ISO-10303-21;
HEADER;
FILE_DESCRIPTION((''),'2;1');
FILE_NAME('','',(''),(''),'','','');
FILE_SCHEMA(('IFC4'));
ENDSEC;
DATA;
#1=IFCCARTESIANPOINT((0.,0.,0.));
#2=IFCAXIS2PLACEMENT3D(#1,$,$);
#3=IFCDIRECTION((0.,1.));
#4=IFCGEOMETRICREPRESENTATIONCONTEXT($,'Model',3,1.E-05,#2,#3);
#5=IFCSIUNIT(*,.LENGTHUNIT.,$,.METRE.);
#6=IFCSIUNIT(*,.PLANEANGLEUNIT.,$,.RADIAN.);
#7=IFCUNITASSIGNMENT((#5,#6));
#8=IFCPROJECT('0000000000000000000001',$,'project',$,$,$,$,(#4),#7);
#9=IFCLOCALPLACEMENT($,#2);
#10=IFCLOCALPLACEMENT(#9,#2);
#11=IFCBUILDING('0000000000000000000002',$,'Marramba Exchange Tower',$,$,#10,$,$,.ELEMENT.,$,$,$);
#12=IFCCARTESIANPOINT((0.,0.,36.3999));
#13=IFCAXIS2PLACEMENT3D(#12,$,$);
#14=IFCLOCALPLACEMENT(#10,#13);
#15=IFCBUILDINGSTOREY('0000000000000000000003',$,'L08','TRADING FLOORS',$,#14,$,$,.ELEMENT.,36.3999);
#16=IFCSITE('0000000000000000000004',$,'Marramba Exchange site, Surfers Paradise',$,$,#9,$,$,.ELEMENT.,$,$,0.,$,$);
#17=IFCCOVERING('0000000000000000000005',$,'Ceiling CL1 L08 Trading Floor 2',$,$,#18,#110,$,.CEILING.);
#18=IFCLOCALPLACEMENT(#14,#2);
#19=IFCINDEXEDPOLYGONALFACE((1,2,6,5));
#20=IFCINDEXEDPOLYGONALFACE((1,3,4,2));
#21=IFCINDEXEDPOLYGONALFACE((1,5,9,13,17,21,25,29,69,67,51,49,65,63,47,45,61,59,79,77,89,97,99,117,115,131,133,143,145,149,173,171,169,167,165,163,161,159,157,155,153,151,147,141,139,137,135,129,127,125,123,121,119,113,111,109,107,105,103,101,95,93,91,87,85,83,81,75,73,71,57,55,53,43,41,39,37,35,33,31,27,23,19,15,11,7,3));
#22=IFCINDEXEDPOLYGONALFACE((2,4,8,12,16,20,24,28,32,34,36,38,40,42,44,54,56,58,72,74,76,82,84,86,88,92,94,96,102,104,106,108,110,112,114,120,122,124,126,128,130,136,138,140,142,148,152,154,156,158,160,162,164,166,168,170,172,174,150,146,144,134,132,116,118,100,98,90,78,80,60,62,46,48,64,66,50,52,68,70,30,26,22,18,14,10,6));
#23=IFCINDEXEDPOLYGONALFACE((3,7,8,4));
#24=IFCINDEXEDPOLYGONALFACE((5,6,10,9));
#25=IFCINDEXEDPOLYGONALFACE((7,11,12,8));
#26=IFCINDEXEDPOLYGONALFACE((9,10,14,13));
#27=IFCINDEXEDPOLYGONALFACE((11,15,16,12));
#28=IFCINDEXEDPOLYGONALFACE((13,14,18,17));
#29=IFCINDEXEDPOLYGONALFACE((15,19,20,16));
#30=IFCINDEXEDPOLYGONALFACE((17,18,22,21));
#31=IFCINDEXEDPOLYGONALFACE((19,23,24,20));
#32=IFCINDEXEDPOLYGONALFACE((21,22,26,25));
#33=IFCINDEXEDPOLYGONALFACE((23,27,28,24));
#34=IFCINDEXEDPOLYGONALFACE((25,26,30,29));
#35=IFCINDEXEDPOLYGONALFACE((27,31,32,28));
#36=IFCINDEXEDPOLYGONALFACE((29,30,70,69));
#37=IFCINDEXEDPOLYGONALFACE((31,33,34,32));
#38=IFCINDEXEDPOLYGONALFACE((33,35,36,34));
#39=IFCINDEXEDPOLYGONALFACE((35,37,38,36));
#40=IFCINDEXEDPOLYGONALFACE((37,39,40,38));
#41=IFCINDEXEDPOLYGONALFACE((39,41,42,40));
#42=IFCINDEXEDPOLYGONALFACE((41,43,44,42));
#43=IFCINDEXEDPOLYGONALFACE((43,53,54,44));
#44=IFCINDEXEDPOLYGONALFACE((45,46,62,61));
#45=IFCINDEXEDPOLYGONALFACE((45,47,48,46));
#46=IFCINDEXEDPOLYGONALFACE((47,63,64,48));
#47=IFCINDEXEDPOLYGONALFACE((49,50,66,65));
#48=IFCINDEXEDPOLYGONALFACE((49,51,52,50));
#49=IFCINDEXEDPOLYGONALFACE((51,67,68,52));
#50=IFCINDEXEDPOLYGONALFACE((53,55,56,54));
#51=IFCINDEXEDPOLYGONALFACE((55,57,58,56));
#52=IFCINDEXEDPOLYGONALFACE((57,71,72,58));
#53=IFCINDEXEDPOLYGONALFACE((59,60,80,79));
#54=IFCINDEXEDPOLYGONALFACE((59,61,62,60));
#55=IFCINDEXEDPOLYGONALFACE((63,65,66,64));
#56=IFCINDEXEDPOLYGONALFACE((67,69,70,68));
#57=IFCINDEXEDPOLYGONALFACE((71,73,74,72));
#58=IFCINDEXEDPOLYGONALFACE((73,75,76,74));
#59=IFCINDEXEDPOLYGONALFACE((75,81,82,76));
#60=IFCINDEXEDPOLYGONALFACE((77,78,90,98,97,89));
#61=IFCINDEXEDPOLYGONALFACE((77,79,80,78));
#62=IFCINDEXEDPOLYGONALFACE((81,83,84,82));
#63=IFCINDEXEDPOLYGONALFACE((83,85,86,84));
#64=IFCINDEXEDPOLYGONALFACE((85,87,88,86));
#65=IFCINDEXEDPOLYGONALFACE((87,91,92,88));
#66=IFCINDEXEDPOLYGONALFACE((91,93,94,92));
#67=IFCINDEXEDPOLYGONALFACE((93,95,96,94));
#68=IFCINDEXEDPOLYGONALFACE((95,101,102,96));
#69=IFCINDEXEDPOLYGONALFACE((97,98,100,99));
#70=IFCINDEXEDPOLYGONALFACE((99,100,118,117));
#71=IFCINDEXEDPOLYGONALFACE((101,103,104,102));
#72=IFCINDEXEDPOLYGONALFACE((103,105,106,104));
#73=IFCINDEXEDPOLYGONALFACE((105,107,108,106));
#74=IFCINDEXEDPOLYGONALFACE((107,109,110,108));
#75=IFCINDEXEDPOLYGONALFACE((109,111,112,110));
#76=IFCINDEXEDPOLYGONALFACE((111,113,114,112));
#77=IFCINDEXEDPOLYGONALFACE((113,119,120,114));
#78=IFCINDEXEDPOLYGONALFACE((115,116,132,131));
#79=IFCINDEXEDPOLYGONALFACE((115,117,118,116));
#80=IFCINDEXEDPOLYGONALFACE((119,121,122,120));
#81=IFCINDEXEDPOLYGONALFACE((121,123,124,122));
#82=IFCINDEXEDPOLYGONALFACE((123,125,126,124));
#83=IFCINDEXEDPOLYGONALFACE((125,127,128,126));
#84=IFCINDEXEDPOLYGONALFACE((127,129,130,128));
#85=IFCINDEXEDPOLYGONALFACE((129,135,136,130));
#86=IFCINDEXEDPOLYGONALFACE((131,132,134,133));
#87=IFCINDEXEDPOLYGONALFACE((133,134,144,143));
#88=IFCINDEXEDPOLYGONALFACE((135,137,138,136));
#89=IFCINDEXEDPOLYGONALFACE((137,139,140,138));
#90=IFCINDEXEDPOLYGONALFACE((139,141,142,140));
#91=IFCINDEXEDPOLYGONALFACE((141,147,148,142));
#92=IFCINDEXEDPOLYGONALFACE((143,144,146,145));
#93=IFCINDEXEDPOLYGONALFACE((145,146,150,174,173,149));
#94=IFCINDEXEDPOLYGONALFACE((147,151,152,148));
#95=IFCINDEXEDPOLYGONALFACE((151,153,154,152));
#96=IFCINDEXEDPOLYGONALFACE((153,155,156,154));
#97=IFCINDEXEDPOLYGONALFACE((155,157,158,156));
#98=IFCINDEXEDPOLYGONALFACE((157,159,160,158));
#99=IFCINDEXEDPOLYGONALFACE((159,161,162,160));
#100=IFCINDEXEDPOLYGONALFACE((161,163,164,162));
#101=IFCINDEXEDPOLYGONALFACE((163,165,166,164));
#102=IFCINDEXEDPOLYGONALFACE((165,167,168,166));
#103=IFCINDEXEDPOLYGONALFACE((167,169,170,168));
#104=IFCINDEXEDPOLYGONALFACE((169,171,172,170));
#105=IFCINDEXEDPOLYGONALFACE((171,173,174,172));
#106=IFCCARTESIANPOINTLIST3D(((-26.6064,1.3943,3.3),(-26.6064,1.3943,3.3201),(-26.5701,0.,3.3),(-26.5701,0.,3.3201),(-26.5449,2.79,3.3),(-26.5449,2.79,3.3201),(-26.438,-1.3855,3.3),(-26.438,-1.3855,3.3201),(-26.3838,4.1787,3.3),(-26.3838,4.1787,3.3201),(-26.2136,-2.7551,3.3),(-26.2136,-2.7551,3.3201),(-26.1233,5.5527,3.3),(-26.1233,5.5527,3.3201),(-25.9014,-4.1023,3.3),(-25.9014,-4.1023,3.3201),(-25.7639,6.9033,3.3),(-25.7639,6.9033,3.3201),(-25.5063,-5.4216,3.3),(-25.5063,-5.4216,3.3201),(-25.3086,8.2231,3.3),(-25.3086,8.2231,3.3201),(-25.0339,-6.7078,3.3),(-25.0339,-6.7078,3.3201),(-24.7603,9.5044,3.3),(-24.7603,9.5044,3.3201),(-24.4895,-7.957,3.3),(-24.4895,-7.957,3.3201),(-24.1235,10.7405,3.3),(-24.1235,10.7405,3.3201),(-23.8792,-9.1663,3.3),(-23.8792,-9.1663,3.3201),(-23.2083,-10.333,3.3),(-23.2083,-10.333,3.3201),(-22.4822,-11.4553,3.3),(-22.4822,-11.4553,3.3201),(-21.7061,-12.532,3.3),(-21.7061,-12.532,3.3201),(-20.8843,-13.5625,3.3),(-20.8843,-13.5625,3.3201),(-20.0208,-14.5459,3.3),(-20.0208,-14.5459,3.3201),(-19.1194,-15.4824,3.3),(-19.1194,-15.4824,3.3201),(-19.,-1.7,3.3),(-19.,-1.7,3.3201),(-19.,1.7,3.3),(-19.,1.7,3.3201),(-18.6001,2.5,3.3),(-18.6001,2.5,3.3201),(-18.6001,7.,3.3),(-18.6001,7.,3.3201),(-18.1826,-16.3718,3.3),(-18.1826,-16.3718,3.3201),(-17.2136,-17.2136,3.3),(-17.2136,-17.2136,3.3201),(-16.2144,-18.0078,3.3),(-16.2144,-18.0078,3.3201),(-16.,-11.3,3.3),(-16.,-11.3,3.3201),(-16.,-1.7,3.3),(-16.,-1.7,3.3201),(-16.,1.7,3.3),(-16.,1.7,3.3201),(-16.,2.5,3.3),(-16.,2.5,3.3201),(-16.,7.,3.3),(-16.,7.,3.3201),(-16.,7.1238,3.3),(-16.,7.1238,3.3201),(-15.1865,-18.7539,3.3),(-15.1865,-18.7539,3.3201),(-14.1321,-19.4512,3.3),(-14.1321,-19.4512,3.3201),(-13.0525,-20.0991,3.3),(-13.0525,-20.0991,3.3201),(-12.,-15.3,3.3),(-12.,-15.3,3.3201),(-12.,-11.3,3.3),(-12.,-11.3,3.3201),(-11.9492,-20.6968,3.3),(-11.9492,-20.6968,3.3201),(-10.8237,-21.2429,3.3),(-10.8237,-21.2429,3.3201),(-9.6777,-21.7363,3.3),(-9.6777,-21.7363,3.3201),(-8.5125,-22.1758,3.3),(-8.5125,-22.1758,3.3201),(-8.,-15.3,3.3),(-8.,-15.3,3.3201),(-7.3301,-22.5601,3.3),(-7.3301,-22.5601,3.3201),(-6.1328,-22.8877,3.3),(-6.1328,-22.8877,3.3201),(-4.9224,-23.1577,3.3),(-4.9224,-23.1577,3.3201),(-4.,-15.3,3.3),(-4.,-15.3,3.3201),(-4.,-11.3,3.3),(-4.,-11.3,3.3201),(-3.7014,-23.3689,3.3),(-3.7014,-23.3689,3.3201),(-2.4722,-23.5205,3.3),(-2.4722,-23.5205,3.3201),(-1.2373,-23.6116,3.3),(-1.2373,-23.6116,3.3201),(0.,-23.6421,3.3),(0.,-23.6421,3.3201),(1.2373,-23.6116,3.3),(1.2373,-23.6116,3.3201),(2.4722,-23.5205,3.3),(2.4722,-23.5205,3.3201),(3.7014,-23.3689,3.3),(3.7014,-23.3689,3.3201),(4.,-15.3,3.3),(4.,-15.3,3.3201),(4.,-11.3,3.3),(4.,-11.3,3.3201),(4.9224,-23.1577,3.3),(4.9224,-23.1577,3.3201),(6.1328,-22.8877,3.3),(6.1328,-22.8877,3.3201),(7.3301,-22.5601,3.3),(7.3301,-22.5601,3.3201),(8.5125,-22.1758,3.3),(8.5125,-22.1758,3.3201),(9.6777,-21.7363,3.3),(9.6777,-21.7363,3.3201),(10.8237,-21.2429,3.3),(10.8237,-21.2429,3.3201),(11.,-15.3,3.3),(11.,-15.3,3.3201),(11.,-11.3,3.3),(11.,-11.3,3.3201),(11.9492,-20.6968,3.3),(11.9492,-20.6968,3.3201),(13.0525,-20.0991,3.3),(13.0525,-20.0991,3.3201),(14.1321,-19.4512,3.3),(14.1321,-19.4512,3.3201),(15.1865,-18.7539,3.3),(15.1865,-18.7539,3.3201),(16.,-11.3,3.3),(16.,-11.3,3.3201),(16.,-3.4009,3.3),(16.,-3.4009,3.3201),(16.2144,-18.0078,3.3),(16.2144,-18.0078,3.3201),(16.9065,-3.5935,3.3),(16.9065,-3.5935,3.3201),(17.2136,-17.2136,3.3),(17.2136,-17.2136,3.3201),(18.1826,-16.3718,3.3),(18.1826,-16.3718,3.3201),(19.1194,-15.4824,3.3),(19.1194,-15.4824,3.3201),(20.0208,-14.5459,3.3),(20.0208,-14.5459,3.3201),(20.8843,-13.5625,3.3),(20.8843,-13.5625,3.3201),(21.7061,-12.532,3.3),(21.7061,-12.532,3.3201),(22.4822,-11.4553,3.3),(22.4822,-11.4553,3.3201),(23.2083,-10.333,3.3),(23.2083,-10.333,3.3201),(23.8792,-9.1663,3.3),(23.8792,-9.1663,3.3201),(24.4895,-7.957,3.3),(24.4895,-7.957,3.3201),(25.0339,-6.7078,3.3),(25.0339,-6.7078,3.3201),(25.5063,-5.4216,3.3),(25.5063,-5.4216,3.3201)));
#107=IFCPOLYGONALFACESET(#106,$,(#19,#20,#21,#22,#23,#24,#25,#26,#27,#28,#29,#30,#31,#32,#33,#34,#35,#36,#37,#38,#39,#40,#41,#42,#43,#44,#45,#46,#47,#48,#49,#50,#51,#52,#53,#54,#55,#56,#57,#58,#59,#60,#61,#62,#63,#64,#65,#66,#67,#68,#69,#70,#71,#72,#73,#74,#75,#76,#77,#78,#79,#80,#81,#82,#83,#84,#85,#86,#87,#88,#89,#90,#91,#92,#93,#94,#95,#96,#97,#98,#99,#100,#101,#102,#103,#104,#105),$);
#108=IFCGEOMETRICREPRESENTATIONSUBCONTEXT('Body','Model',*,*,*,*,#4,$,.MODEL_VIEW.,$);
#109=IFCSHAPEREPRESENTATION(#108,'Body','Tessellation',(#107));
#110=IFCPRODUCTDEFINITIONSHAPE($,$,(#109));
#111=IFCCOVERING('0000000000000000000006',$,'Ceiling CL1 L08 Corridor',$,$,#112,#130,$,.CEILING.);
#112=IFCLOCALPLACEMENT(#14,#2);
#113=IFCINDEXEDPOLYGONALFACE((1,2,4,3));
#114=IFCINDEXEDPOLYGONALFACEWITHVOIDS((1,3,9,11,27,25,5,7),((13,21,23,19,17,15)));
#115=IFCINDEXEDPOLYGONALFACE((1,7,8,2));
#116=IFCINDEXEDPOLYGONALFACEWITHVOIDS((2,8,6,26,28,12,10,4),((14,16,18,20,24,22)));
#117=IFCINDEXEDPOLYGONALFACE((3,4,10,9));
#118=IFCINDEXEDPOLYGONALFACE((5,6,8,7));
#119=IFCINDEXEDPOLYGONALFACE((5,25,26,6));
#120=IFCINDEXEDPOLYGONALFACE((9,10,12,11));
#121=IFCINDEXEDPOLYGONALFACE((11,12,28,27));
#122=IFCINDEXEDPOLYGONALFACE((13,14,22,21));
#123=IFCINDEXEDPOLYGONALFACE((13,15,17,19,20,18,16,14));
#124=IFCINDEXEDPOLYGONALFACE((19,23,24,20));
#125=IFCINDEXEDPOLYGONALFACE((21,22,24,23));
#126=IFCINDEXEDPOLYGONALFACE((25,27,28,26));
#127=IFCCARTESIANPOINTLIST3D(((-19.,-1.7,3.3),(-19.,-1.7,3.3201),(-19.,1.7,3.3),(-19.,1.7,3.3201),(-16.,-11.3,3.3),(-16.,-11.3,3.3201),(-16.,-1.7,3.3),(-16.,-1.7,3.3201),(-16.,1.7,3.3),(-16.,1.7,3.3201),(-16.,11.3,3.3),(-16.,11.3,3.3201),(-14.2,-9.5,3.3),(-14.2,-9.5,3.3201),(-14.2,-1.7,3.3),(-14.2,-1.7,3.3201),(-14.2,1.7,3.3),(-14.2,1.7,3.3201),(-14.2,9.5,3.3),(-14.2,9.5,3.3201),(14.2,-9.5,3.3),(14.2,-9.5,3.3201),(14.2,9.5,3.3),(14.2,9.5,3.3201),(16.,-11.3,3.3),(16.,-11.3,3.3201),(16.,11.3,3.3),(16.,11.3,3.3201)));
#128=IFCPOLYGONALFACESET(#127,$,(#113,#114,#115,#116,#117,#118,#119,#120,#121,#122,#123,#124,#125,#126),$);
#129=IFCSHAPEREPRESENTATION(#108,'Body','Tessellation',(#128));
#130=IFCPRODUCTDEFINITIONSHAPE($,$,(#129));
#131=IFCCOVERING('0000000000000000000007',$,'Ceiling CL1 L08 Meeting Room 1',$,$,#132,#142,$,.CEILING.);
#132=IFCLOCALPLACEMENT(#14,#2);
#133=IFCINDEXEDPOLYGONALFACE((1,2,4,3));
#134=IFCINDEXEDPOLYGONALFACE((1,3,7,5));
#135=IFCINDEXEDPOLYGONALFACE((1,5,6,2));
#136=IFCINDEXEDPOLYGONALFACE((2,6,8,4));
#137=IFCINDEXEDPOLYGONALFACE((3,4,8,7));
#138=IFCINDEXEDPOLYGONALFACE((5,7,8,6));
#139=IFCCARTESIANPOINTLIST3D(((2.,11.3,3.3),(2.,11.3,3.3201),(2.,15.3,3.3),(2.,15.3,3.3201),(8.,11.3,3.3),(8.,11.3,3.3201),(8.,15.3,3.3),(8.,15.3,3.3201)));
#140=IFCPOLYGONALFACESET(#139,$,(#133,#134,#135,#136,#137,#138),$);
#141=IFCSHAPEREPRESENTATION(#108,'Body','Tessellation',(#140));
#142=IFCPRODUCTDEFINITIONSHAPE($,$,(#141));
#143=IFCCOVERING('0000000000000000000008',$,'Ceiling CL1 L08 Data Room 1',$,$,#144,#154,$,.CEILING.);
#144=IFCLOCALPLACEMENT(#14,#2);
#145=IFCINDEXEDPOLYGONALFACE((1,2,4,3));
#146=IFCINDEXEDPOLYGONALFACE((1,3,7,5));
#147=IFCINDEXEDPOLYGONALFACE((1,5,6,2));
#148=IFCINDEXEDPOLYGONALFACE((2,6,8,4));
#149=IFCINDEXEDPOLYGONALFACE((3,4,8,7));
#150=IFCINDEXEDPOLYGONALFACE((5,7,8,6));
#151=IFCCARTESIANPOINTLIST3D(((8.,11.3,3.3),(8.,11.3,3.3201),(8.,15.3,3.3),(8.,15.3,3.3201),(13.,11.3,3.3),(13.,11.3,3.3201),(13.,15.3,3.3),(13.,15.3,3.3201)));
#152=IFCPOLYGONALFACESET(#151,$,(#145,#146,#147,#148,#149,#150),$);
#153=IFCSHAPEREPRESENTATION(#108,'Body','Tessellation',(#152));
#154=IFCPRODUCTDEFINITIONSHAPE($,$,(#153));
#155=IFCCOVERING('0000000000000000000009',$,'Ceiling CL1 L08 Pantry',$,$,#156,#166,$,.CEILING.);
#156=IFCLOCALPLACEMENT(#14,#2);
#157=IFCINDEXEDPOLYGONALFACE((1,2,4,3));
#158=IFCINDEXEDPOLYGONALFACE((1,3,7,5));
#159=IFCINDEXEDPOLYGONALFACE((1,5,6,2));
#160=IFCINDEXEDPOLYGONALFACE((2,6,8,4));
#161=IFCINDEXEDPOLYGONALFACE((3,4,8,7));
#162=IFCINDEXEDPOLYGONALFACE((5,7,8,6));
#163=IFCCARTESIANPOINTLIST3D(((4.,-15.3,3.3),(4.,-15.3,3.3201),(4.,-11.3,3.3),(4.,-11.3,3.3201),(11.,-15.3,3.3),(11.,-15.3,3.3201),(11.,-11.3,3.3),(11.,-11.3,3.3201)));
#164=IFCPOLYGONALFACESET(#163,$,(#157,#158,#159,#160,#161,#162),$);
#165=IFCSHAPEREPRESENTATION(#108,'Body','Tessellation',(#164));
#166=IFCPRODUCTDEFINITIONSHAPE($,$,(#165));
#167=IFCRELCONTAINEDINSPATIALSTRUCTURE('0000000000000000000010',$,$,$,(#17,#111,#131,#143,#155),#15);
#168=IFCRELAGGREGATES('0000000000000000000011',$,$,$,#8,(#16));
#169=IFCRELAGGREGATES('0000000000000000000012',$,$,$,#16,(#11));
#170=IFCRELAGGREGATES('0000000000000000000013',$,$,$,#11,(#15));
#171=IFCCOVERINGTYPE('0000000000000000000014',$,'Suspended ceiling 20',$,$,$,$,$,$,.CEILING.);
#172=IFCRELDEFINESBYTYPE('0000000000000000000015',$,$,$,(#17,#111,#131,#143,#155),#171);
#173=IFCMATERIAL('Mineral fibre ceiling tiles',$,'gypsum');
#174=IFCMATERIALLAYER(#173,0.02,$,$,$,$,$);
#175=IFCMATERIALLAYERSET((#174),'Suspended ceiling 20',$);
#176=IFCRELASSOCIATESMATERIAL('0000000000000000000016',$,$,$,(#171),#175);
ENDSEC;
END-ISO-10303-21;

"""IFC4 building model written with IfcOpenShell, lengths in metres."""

from ifc_helpers import new_model, si_unit, direction, frame, origin, place, context, subcontext, project, spatial, polyline, outline, extrude, material, layer, layer_set, type_object, element, save


model = new_model("IFC4")

# Units and contexts
model_context = context("Model", 3, precision=1e-05, world=origin(), true_north=direction((0.0, 1.0)))
body_context = subcontext(model_context, "Body", "Model", "MODEL_VIEW")
ifc_project = project(units=[si_unit("LENGTHUNIT", "METRE"), si_unit("PLANEANGLEUNIT", "RADIAN")], contexts=[model_context])

# Site, building, storey
site_placement = place(None, origin())
site = spatial("IfcSite", under=ifc_project, at=site_placement, Name="Marramba Exchange site, Surfers Paradise", CompositionType="ELEMENT", RefElevation=0.0)
building_placement = place(site_placement, origin())
building = spatial("IfcBuilding", under=site, at=building_placement, Name="Marramba Exchange Tower", CompositionType="ELEMENT")
storey_placement = place(building_placement, frame((0.0, 0.0, 36.3999)))
storey = spatial("IfcBuildingStorey", under=building, at=storey_placement, Name="L08", Description="TRADING FLOORS", CompositionType="ELEMENT", Elevation=36.3999)

# Coverings
ifc_material_1 = material(Name="Mineral fibre ceiling tiles", Category="gypsum")
ifc_layer_1 = layer(ifc_material_1, 0.02)
ifc_layer_set_1 = layer_set([ifc_layer_1], Name="Suspended ceiling 20")
covering_type_1 = type_object("IfcCoveringType", Name="Suspended ceiling 20", PredefinedType="CEILING", material=ifc_layer_set_1)
covering_1_placement = place(storey_placement, frame((0.0, 0.0, 3.3)))
element("IfcCovering", 1, at=covering_1_placement, inside=storey, type_object=covering_type_1, Name="Ceiling CL1 L08 Trading Floor 2", PredefinedType="CEILING", context=body_context, shape_type="SweptSolid", body=[
    extrude(outline(polyline([(-19.0, 1.7), (-19.0, -1.7), (-16.0, -1.7), (-16.0, -11.3), (-12.0, -11.3), (-12.0, -15.3), (-8.0, -15.3), (-4.0, -15.3), (-4.0, -11.3), (4.0, -11.3), (4.0, -15.3), (11.0, -15.3), (11.0, -11.3), (16.0, -11.3), (16.0, -3.4009), (16.9065, -3.5935), (25.5063, -5.4216), (25.0339, -6.7078), (24.4895, -7.957), (23.8792, -9.1663), (23.2083, -10.333), (22.4822, -11.4553), (21.7061, -12.532), (20.8843, -13.5625), (20.0208, -14.5459), (19.1194, -15.4824), (18.1826, -16.3718), (17.2136, -17.2136), (16.2144, -18.0078), (15.1865, -18.7539), (14.1321, -19.4512), (13.0525, -20.0991), (11.9492, -20.6968), (10.8237, -21.2429), (9.6777, -21.7363), (8.5125, -22.1758), (7.3301, -22.5601), (6.1328, -22.8877), (4.9224, -23.1577), (3.7014, -23.3689), (2.4722, -23.5205), (1.2373, -23.6116), (0.0, -23.6421), (-1.2373, -23.6116), (-2.4722, -23.5205), (-3.7014, -23.3689), (-4.9224, -23.1577), (-6.1328, -22.8877), (-7.3301, -22.5601), (-8.5125, -22.1758), (-9.6777, -21.7363), (-10.8237, -21.2429), (-11.9492, -20.6968), (-13.0525, -20.0991), (-14.1321, -19.4512), (-15.1865, -18.7539), (-16.2144, -18.0078), (-17.2136, -17.2136), (-18.1826, -16.3718), (-19.1194, -15.4824), (-20.0208, -14.5459), (-20.8843, -13.5625), (-21.7061, -12.532), (-22.4822, -11.4553), (-23.2083, -10.333), (-23.8792, -9.1663), (-24.4895, -7.957), (-25.0339, -6.7078), (-25.5063, -5.4216), (-25.9014, -4.1023), (-26.2136, -2.7551), (-26.438, -1.3855), (-26.5701, 0.0), (-26.6064, 1.3943), (-26.5449, 2.79), (-26.3838, 4.1787), (-26.1233, 5.5527), (-25.7639, 6.9033), (-25.3086, 8.2231), (-24.7603, 9.5044), (-24.1235, 10.7405), (-16.0, 7.1238), (-16.0, 7.0), (-18.6001, 7.0), (-18.6001, 2.5), (-16.0, 2.5), (-16.0, 1.7), (-19.0, 1.7)])), origin(), (0.0, 0.0, 1.0), 0.02),
])
covering_2_placement = place(storey_placement, frame((0.0, 0.0, 3.3)))
element("IfcCovering", 2, at=covering_2_placement, inside=storey, type_object=covering_type_1, Name="Ceiling CL1 L08 Corridor", PredefinedType="CEILING", context=body_context, shape_type="SweptSolid", body=[
    extrude(outline(polyline([(-16.0, 11.3), (16.0, 11.3), (16.0, -11.3), (-16.0, -11.3), (-16.0, -1.7), (-19.0, -1.7), (-19.0, 1.7), (-16.0, 1.7), (-16.0, 11.3)]), holes=[polyline([(14.2, 9.5), (-14.2, 9.5), (-14.2, 1.7), (-14.2, -1.7), (-14.2, -9.5), (14.2, -9.5), (14.2, 9.5)])]), origin(), (0.0, 0.0, 1.0), 0.02),
])
covering_3_placement = place(storey_placement, frame((0.0, 0.0, 3.3)))
element("IfcCovering", 3, at=covering_3_placement, inside=storey, type_object=covering_type_1, Name="Ceiling CL1 L08 Meeting Room 1", PredefinedType="CEILING", context=body_context, shape_type="SweptSolid", body=[
    extrude(outline(polyline([(8.0, 11.3), (2.0, 11.3), (2.0, 15.3), (8.0, 15.3), (8.0, 11.3)])), origin(), (0.0, 0.0, 1.0), 0.02),
])
covering_4_placement = place(storey_placement, frame((0.0, 0.0, 3.3)))
element("IfcCovering", 4, at=covering_4_placement, inside=storey, type_object=covering_type_1, Name="Ceiling CL1 L08 Data Room 1", PredefinedType="CEILING", context=body_context, shape_type="SweptSolid", body=[
    extrude(outline(polyline([(13.0, 11.3), (8.0, 11.3), (8.0, 15.3), (13.0, 15.3), (13.0, 11.3)])), origin(), (0.0, 0.0, 1.0), 0.02),
])
covering_5_placement = place(storey_placement, frame((0.0, 0.0, 3.3)))
element("IfcCovering", 5, at=covering_5_placement, inside=storey, type_object=covering_type_1, Name="Ceiling CL1 L08 Pantry", PredefinedType="CEILING", context=body_context, shape_type="SweptSolid", body=[
    extrude(outline(polyline([(11.0, -15.3), (4.0, -15.3), (4.0, -11.3), (11.0, -11.3), (11.0, -15.3)])), origin(), (0.0, 0.0, 1.0), 0.02),
])

save(model, "model.ifc")
